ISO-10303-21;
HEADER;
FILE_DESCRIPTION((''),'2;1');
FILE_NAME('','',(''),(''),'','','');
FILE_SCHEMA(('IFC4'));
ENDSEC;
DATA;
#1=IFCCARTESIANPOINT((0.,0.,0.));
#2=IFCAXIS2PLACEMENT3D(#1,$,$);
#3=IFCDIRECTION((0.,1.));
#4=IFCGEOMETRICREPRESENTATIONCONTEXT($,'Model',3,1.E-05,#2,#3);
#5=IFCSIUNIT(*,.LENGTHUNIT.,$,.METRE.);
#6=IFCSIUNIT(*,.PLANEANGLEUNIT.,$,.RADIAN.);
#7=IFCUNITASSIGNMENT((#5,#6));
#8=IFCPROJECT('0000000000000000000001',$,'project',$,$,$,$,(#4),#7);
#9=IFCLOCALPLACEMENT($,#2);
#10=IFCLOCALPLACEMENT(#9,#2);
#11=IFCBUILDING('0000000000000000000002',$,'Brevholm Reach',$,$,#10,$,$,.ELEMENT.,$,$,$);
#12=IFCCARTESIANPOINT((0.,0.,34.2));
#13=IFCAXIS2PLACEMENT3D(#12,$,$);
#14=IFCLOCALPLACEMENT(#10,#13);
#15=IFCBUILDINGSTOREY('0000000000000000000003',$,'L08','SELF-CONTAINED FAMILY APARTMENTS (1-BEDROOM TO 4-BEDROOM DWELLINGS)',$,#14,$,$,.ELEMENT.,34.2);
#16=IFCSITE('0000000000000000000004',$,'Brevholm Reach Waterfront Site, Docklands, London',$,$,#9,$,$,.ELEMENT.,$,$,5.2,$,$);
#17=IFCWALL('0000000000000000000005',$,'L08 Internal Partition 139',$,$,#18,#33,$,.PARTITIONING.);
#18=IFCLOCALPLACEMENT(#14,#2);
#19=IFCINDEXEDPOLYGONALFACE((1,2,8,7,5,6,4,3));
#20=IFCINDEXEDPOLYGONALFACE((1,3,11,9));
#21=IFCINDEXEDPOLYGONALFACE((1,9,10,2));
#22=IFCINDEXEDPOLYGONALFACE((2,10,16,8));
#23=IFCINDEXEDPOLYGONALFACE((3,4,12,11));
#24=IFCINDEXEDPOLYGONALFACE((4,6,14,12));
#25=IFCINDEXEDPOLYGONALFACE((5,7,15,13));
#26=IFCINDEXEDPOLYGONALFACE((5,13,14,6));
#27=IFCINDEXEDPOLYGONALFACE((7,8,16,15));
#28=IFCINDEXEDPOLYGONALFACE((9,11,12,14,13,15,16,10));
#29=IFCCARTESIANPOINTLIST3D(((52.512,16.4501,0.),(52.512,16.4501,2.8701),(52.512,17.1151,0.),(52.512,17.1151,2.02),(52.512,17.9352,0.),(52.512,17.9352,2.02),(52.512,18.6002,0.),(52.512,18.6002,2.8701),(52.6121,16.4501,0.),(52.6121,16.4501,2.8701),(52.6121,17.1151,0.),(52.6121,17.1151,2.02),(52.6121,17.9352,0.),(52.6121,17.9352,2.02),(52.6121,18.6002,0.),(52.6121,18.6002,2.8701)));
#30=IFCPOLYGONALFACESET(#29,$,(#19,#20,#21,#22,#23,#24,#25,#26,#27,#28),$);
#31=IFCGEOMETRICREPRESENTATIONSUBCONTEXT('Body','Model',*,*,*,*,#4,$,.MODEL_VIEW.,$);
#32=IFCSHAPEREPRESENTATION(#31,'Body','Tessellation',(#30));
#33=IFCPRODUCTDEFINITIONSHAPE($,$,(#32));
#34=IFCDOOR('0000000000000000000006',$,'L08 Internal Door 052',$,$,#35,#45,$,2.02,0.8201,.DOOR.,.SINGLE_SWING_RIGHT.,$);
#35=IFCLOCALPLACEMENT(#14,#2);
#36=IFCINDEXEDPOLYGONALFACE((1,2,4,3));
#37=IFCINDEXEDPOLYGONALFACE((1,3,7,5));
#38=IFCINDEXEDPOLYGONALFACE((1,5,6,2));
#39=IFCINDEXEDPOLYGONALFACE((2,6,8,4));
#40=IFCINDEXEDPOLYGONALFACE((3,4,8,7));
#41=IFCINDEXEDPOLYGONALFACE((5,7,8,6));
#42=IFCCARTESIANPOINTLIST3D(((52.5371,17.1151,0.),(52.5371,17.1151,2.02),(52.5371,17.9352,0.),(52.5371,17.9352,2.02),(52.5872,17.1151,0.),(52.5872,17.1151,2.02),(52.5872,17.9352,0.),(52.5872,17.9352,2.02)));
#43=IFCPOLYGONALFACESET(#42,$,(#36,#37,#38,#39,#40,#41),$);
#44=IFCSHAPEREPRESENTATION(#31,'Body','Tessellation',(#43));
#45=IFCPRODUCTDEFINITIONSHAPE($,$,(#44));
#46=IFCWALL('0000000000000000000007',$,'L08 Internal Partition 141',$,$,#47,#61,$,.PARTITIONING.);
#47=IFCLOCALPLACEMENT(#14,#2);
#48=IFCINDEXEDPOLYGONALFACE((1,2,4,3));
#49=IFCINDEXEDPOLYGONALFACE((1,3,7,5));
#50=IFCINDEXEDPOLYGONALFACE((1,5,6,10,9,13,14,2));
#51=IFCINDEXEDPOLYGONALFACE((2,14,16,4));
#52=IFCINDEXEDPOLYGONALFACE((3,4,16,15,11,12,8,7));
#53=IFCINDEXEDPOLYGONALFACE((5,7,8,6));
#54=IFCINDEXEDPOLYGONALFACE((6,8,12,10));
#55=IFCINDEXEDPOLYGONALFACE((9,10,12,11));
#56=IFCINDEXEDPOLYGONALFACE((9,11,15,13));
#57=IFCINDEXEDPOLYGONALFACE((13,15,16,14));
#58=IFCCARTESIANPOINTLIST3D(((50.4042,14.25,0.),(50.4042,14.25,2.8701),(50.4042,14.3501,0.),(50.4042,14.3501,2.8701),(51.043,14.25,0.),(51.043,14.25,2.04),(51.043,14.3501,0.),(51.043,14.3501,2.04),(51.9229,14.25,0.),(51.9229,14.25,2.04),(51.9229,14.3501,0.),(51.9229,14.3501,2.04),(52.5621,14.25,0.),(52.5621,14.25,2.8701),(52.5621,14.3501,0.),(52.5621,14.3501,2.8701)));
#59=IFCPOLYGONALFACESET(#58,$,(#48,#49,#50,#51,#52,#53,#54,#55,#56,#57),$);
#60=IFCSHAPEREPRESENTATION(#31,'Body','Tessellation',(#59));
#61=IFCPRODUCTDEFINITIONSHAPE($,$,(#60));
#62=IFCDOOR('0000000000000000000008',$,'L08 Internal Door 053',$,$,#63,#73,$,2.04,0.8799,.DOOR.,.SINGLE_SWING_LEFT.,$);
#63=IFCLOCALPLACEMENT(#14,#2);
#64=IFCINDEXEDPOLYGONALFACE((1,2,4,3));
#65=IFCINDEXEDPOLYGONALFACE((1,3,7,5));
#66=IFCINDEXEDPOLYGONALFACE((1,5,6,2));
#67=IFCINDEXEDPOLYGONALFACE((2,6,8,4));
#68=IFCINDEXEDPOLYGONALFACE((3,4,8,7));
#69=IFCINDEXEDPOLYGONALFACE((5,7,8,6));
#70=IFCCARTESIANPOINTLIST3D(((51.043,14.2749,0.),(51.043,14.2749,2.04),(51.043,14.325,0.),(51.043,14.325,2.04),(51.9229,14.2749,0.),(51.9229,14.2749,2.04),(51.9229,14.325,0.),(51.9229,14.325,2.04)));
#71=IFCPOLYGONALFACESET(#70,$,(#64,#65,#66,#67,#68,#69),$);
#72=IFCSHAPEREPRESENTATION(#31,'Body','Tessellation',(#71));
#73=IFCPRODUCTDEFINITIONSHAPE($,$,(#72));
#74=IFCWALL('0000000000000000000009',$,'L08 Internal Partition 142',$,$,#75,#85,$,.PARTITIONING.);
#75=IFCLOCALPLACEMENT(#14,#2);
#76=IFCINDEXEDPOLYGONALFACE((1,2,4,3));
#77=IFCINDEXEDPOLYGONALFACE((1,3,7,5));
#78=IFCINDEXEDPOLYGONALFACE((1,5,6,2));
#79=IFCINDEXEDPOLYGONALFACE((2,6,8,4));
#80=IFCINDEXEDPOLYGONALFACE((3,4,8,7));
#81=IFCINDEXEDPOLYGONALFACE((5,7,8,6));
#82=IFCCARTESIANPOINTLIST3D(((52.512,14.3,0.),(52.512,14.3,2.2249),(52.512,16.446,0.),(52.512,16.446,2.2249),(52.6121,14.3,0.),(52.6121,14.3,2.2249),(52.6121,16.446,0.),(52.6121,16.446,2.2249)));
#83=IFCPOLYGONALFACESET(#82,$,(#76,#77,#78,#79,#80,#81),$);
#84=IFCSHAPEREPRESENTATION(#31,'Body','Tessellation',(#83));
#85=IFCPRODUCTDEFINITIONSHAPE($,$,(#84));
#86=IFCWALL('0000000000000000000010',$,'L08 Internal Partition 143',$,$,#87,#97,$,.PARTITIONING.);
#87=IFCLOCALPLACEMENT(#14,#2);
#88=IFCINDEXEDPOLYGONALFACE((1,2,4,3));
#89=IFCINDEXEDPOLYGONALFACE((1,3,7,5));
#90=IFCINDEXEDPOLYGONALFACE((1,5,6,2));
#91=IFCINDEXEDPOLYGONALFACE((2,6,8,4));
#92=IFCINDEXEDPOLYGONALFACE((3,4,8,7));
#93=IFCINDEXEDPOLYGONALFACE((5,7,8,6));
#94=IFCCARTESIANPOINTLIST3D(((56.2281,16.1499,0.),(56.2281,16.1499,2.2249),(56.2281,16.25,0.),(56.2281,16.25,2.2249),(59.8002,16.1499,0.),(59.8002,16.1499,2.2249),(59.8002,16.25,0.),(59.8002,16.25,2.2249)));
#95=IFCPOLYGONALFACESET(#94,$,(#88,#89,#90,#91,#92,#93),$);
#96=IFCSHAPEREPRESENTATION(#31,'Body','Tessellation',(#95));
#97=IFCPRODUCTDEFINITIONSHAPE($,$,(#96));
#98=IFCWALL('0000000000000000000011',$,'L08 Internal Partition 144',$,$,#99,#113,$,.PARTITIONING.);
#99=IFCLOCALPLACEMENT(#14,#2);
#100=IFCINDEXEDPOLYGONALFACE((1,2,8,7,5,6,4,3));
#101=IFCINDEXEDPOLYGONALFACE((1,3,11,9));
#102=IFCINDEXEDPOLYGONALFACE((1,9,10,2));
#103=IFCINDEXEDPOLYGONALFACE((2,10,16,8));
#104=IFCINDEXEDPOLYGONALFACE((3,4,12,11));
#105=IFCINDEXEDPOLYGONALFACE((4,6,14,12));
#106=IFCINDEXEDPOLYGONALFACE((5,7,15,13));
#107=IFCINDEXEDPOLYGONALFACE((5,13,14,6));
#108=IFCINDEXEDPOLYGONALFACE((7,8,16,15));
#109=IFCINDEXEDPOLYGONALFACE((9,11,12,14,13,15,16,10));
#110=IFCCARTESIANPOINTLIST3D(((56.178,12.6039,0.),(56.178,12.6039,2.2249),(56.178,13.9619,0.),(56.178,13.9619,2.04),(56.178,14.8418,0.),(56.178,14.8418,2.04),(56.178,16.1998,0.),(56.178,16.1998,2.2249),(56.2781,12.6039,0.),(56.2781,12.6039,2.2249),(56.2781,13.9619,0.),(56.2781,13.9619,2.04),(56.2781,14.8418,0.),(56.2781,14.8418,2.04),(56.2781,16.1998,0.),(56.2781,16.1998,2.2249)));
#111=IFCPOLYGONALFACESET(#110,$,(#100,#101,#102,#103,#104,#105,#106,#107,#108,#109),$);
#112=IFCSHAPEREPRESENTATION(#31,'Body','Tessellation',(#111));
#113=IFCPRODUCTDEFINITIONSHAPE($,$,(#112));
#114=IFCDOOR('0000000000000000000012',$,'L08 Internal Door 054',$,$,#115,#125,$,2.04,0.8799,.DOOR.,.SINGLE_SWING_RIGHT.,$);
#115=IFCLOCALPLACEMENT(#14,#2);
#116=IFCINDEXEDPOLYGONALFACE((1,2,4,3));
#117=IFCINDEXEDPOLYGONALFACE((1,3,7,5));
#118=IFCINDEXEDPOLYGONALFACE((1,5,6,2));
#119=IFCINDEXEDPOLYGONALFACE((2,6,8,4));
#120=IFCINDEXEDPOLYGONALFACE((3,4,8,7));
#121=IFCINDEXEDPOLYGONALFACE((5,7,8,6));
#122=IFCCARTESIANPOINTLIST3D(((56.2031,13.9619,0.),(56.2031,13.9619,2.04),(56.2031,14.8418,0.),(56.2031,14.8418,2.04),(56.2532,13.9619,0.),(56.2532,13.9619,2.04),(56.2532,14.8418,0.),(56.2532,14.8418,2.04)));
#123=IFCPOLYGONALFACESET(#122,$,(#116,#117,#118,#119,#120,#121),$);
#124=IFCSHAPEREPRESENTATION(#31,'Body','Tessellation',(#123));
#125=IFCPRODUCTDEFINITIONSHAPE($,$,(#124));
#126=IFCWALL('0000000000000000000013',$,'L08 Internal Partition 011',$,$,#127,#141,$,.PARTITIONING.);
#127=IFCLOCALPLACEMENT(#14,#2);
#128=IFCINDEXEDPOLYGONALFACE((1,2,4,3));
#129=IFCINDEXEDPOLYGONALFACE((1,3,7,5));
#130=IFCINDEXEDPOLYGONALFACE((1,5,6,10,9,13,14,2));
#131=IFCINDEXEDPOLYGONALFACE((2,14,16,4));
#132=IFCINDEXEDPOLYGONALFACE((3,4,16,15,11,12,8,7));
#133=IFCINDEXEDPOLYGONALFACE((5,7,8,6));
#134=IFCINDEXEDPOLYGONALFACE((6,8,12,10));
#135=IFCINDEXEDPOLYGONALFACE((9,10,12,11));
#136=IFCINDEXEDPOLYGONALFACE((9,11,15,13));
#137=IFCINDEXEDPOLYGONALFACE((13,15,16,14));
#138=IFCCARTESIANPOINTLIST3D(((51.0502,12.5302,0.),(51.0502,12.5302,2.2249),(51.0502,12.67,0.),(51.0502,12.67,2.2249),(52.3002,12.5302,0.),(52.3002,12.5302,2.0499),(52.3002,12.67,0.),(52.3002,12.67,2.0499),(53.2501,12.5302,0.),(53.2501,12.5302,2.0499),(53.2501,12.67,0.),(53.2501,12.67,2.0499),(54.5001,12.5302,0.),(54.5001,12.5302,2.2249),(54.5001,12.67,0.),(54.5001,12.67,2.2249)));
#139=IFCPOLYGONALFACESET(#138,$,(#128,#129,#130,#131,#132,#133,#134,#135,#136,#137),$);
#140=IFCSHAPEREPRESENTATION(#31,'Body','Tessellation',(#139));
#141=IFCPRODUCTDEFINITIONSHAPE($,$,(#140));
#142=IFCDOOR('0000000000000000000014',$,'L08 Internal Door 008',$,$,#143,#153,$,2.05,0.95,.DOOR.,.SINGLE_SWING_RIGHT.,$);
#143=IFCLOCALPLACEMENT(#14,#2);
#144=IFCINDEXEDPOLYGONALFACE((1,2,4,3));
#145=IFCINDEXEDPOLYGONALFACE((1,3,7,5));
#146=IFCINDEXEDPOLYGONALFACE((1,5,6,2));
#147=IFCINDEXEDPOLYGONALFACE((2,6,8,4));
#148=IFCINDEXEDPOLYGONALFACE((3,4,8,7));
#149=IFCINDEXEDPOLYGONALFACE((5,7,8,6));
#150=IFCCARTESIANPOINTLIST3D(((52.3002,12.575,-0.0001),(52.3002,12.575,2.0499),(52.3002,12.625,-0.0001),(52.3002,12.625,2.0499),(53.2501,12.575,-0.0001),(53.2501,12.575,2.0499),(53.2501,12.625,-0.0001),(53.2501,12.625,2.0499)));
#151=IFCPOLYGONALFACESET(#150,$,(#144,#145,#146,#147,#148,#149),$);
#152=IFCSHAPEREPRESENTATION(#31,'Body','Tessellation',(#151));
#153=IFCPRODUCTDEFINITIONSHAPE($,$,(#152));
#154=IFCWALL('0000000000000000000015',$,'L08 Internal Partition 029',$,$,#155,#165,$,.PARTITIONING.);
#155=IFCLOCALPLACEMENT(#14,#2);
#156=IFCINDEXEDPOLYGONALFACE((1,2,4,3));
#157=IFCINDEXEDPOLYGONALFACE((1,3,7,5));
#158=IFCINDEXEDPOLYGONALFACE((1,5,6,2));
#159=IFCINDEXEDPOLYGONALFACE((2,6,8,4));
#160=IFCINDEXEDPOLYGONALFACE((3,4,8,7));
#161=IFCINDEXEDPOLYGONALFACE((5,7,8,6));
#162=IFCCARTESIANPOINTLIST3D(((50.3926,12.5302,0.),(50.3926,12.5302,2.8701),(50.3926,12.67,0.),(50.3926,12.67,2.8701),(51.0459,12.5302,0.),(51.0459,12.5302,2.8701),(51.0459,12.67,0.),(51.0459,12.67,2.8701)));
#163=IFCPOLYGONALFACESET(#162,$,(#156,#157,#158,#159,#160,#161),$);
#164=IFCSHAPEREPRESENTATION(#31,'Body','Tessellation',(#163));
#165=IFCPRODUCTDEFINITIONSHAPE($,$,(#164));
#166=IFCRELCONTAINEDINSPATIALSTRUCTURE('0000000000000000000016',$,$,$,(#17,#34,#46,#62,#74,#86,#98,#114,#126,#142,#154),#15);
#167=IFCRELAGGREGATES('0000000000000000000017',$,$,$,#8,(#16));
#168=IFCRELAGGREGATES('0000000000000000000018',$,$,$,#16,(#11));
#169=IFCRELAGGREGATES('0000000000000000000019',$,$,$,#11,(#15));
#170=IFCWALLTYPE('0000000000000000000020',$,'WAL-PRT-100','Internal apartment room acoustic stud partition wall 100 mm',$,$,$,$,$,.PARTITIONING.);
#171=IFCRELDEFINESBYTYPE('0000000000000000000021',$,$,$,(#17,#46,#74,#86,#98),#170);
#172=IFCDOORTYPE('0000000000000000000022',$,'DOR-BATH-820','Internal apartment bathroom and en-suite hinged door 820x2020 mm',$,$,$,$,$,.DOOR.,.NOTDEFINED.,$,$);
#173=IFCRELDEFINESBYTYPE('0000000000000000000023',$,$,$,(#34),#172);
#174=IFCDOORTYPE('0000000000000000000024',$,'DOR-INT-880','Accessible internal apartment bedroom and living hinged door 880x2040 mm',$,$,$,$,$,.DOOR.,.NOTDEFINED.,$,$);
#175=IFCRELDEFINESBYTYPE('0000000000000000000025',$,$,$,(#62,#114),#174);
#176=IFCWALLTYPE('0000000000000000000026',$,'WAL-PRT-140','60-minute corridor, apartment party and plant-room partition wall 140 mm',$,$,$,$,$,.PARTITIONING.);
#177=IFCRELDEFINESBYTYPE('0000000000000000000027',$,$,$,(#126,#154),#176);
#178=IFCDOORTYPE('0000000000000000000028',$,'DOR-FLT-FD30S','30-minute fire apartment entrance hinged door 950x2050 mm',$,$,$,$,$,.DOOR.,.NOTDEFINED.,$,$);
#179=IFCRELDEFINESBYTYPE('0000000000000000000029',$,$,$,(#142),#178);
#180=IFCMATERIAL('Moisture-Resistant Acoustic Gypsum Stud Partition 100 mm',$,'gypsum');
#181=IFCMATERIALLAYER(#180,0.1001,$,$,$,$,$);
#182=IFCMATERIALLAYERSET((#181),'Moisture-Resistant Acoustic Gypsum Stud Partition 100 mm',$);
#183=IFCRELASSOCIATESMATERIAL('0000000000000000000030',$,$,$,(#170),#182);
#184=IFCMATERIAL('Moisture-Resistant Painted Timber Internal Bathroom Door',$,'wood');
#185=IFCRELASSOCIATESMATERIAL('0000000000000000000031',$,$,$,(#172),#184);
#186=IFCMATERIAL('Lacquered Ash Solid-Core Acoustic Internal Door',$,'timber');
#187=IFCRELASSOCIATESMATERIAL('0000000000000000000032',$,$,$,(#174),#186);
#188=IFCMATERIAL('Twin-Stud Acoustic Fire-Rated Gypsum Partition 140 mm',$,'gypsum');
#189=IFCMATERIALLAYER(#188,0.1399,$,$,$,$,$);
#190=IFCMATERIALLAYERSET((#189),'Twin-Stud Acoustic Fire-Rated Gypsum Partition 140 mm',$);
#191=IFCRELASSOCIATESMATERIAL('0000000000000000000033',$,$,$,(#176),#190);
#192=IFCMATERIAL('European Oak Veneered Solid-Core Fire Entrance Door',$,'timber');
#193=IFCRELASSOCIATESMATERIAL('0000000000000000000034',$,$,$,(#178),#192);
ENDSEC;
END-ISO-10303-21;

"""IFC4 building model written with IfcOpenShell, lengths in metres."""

from ifc_helpers import new_model, si_unit, direction, frame, frame_2d, origin, place, context, subcontext, project, spatial, rectangle, extrude, material, layer, layer_set, type_object, element, fill, save


model = new_model("IFC4")

# Units and contexts
model_context = context("Model", 3, precision=1e-05, world=origin(), true_north=direction((0.0, 1.0)))
body_context = subcontext(model_context, "Body", "Model", "MODEL_VIEW")
ifc_project = project(units=[si_unit("LENGTHUNIT", "METRE"), si_unit("PLANEANGLEUNIT", "RADIAN")], contexts=[model_context])

# Site, building, storey
site_placement = place(None, origin())
site = spatial("IfcSite", under=ifc_project, at=site_placement, Name="Brevholm Reach Waterfront Site, Docklands, London", CompositionType="ELEMENT", RefElevation=5.2)
building_placement = place(site_placement, origin())
building = spatial("IfcBuilding", under=site, at=building_placement, Name="Brevholm Reach", CompositionType="ELEMENT")
storey_placement = place(building_placement, frame((0.0, 0.0, 34.2)))
storey = spatial("IfcBuildingStorey", under=building, at=storey_placement, Name="L08", Description="SELF-CONTAINED FAMILY APARTMENTS (1-BEDROOM TO 4-BEDROOM DWELLINGS)", CompositionType="ELEMENT", Elevation=34.2)

# Shared definitions
ifc_material_1 = material(Name="Moisture-Resistant Acoustic Gypsum Stud Partition 100 mm", Category="gypsum")
ifc_layer_1 = layer(ifc_material_1, 0.1001)
ifc_layer_set_1 = layer_set([ifc_layer_1], Name="Moisture-Resistant Acoustic Gypsum Stud Partition 100 mm")
wall_type_1 = type_object("IfcWallType", Name="WAL-PRT-100", Description="Internal apartment room acoustic stud partition wall 100 mm", PredefinedType="PARTITIONING", material=ifc_layer_set_1)

# Walls, openings, doors
wall_1_placement = place(storey_placement, frame((52.562, 16.45, 0.0), z_axis=(0.0, 0.0, 1.0), x_axis=(0.0, 1.0, 0.0)))
wall_1 = element("IfcWall", 1, at=wall_1_placement, inside=storey, type_object=wall_type_1, Name="L08 Internal Partition 139", PredefinedType="PARTITIONING", context=body_context, shape_type="SweptSolid", body=[
    extrude(rectangle(XDim=2.1501, YDim=0.1001, at=frame_2d((1.0752, 0.0))), origin(), (0.0, 0.0, 1.0), 2.8701),
])
opening_1_placement = place(wall_1_placement, frame((0.665, 0.0, 0.0)))
opening_1 = element("IfcOpeningElement", 2, at=opening_1_placement, cuts=wall_1, PredefinedType="OPENING", context=body_context, shape_type="SweptSolid", body=[
    extrude(rectangle(XDim=0.8201, YDim=2.02, at=frame_2d((0.4102, 1.01))), frame((0.0, 0.0601, 0.0), z_axis=(0.0, -1.0, 0.0), x_axis=(1.0, 0.0, 0.0)), (0.0, 0.0, 1.0), 0.1201),
])
ifc_material_2 = material(Name="Moisture-Resistant Painted Timber Internal Bathroom Door", Category="wood")
door_type_1 = type_object("IfcDoorType", Name="DOR-BATH-820", Description="Internal apartment bathroom and en-suite hinged door 820x2020 mm", OperationType="NOTDEFINED", PredefinedType="DOOR", material=ifc_material_2)
door_1_placement = place(opening_1_placement, origin())
door_1 = element("IfcDoor", 3, at=door_1_placement, inside=storey, type_object=door_type_1, Name="L08 Internal Door 052", OperationType="SINGLE_SWING_RIGHT", OverallHeight=2.02, OverallWidth=0.8201, PredefinedType="DOOR", context=body_context, shape_type="SweptSolid", body=[
    extrude(rectangle(XDim=0.8201, YDim=2.02, at=frame_2d((0.4102, 1.01))), frame((0.0, 0.0249, 0.0), z_axis=(0.0, -1.0, 0.0), x_axis=(1.0, 0.0, 0.0)), (0.0, 0.0, 1.0), 0.05),
])
fill(opening_1, door_1)
wall_2_placement = place(storey_placement, frame((50.4041, 14.3, 0.0), z_axis=(0.0, 0.0, 1.0), x_axis=(1.0, 0.0, 0.0)))
wall_2 = element("IfcWall", 4, at=wall_2_placement, inside=storey, type_object=wall_type_1, Name="L08 Internal Partition 141", PredefinedType="PARTITIONING", context=body_context, shape_type="SweptSolid", body=[
    extrude(rectangle(XDim=2.158, YDim=0.1001, at=frame_2d((1.0791, 0.0))), origin(), (0.0, 0.0, 1.0), 2.8701),
])
opening_2_placement = place(wall_2_placement, frame((0.6389, 0.0, 0.0)))
opening_2 = element("IfcOpeningElement", 5, at=opening_2_placement, cuts=wall_2, PredefinedType="OPENING", context=body_context, shape_type="SweptSolid", body=[
    extrude(rectangle(XDim=0.8799, YDim=2.04, at=frame_2d((0.4399, 1.02))), frame((0.0, 0.0601, 0.0), z_axis=(0.0, -1.0, 0.0), x_axis=(1.0, 0.0, 0.0)), (0.0, 0.0, 1.0), 0.1201),
])
ifc_material_3 = material(Name="Lacquered Ash Solid-Core Acoustic Internal Door", Category="timber")
door_type_2 = type_object("IfcDoorType", Name="DOR-INT-880", Description="Accessible internal apartment bedroom and living hinged door 880x2040 mm", OperationType="NOTDEFINED", PredefinedType="DOOR", material=ifc_material_3)
door_2_placement = place(opening_2_placement, origin())
door_2 = element("IfcDoor", 6, at=door_2_placement, inside=storey, type_object=door_type_2, Name="L08 Internal Door 053", OperationType="SINGLE_SWING_LEFT", OverallHeight=2.04, OverallWidth=0.8799, PredefinedType="DOOR", context=body_context, shape_type="SweptSolid", body=[
    extrude(rectangle(XDim=0.8799, YDim=2.04, at=frame_2d((0.4399, 1.02))), frame((0.0, 0.0249, 0.0), z_axis=(0.0, -1.0, 0.0), x_axis=(1.0, 0.0, 0.0)), (0.0, 0.0, 1.0), 0.05),
])
fill(opening_2, door_2)

# Walls
wall_3_placement = place(storey_placement, frame((52.562, 14.3, 0.0), z_axis=(0.0, 0.0, 1.0), x_axis=(0.0, 1.0, 0.0)))
element("IfcWall", 7, at=wall_3_placement, inside=storey, type_object=wall_type_1, Name="L08 Internal Partition 142", PredefinedType="PARTITIONING", context=body_context, shape_type="SweptSolid", body=[
    extrude(rectangle(XDim=2.146, YDim=0.1001, at=frame_2d((1.073, 0.0))), origin(), (0.0, 0.0, 1.0), 2.2249),
])
wall_4_placement = place(storey_placement, frame((56.228, 16.2, 0.0), z_axis=(0.0, 0.0, 1.0), x_axis=(1.0, 0.0, 0.0)))
element("IfcWall", 8, at=wall_4_placement, inside=storey, type_object=wall_type_1, Name="L08 Internal Partition 143", PredefinedType="PARTITIONING", context=body_context, shape_type="SweptSolid", body=[
    extrude(rectangle(XDim=3.572, YDim=0.1001, at=frame_2d((1.7861, 0.0))), origin(), (0.0, 0.0, 1.0), 2.2249),
])

# Walls, openings, doors
wall_5_placement = place(storey_placement, frame((56.228, 12.604, 0.0), z_axis=(0.0, 0.0, 1.0), x_axis=(0.0, 1.0, 0.0)))
wall_5 = element("IfcWall", 9, at=wall_5_placement, inside=storey, type_object=wall_type_1, Name="L08 Internal Partition 144", PredefinedType="PARTITIONING", context=body_context, shape_type="SweptSolid", body=[
    extrude(rectangle(XDim=3.5959, YDim=0.1001, at=frame_2d((1.7979, 0.0))), origin(), (0.0, 0.0, 1.0), 2.2249),
])
opening_3_placement = place(wall_5_placement, frame((1.3579, 0.0, 0.0)))
opening_3 = element("IfcOpeningElement", 10, at=opening_3_placement, cuts=wall_5, PredefinedType="OPENING", context=body_context, shape_type="SweptSolid", body=[
    extrude(rectangle(XDim=0.8799, YDim=2.04, at=frame_2d((0.4399, 1.02))), frame((0.0, 0.0601, 0.0), z_axis=(0.0, -1.0, 0.0), x_axis=(1.0, 0.0, 0.0)), (0.0, 0.0, 1.0), 0.1201),
])
door_3_placement = place(opening_3_placement, origin())
door_3 = element("IfcDoor", 11, at=door_3_placement, inside=storey, type_object=door_type_2, Name="L08 Internal Door 054", OperationType="SINGLE_SWING_RIGHT", OverallHeight=2.04, OverallWidth=0.8799, PredefinedType="DOOR", context=body_context, shape_type="SweptSolid", body=[
    extrude(rectangle(XDim=0.8799, YDim=2.04, at=frame_2d((0.4399, 1.02))), frame((0.0, 0.0249, 0.0), z_axis=(0.0, -1.0, 0.0), x_axis=(1.0, 0.0, 0.0)), (0.0, 0.0, 1.0), 0.05),
])
fill(opening_3, door_3)
ifc_material_4 = material(Name="Twin-Stud Acoustic Fire-Rated Gypsum Partition 140 mm", Category="gypsum")
ifc_layer_2 = layer(ifc_material_4, 0.1399)
ifc_layer_set_2 = layer_set([ifc_layer_2], Name="Twin-Stud Acoustic Fire-Rated Gypsum Partition 140 mm")
wall_type_2 = type_object("IfcWallType", Name="WAL-PRT-140", Description="60-minute corridor, apartment party and plant-room partition wall 140 mm", PredefinedType="PARTITIONING", material=ifc_layer_set_2)
wall_6_placement = place(storey_placement, frame((51.05, 12.6001, 0.0), z_axis=(0.0, 0.0, 1.0), x_axis=(1.0, 0.0, 0.0)))
wall_6 = element("IfcWall", 12, at=wall_6_placement, inside=storey, type_object=wall_type_2, Name="L08 Internal Partition 011", PredefinedType="PARTITIONING", context=body_context, shape_type="SweptSolid", body=[
    extrude(rectangle(XDim=3.45, YDim=0.1399, at=frame_2d((1.7251, 0.0))), origin(), (0.0, 0.0, 1.0), 2.2249),
])
opening_4_placement = place(wall_6_placement, frame((1.25, 0.0, 0.0)))
opening_4 = element("IfcOpeningElement", 13, at=opening_4_placement, cuts=wall_6, PredefinedType="OPENING", context=body_context, shape_type="SweptSolid", body=[
    extrude(rectangle(XDim=0.95, YDim=2.05, at=frame_2d((0.4751, 1.0249))), frame((0.0, 0.0798, 0.0), z_axis=(0.0, -1.0, 0.0), x_axis=(1.0, 0.0, 0.0)), (0.0, 0.0, 1.0), 0.1599),
])
ifc_material_5 = material(Name="European Oak Veneered Solid-Core Fire Entrance Door", Category="timber")
door_type_3 = type_object("IfcDoorType", Name="DOR-FLT-FD30S", Description="30-minute fire apartment entrance hinged door 950x2050 mm", OperationType="NOTDEFINED", PredefinedType="DOOR", material=ifc_material_5)
door_4_placement = place(opening_4_placement, origin())
door_4 = element("IfcDoor", 14, at=door_4_placement, inside=storey, type_object=door_type_3, Name="L08 Internal Door 008", OperationType="SINGLE_SWING_RIGHT", OverallHeight=2.05, OverallWidth=0.95, PredefinedType="DOOR", context=body_context, shape_type="SweptSolid", body=[
    extrude(rectangle(XDim=0.95, YDim=2.05, at=frame_2d((0.4751, 1.0249))), frame((0.0, 0.0249, 0.0), z_axis=(0.0, -1.0, 0.0), x_axis=(1.0, 0.0, 0.0)), (0.0, 0.0, 1.0), 0.05),
])
fill(opening_4, door_4)

# Wall
wall_7_placement = place(storey_placement, frame((50.3926, 12.6001, 0.0), z_axis=(0.0, 0.0, 1.0), x_axis=(1.0, 0.0, 0.0)))
element("IfcWall", 15, at=wall_7_placement, inside=storey, type_object=wall_type_2, Name="L08 Internal Partition 029", PredefinedType="PARTITIONING", context=body_context, shape_type="SweptSolid", body=[
    extrude(rectangle(XDim=0.6533, YDim=0.1399, at=frame_2d((0.3267, 0.0))), origin(), (0.0, 0.0, 1.0), 2.8701),
])

save(model, "model.ifc")
